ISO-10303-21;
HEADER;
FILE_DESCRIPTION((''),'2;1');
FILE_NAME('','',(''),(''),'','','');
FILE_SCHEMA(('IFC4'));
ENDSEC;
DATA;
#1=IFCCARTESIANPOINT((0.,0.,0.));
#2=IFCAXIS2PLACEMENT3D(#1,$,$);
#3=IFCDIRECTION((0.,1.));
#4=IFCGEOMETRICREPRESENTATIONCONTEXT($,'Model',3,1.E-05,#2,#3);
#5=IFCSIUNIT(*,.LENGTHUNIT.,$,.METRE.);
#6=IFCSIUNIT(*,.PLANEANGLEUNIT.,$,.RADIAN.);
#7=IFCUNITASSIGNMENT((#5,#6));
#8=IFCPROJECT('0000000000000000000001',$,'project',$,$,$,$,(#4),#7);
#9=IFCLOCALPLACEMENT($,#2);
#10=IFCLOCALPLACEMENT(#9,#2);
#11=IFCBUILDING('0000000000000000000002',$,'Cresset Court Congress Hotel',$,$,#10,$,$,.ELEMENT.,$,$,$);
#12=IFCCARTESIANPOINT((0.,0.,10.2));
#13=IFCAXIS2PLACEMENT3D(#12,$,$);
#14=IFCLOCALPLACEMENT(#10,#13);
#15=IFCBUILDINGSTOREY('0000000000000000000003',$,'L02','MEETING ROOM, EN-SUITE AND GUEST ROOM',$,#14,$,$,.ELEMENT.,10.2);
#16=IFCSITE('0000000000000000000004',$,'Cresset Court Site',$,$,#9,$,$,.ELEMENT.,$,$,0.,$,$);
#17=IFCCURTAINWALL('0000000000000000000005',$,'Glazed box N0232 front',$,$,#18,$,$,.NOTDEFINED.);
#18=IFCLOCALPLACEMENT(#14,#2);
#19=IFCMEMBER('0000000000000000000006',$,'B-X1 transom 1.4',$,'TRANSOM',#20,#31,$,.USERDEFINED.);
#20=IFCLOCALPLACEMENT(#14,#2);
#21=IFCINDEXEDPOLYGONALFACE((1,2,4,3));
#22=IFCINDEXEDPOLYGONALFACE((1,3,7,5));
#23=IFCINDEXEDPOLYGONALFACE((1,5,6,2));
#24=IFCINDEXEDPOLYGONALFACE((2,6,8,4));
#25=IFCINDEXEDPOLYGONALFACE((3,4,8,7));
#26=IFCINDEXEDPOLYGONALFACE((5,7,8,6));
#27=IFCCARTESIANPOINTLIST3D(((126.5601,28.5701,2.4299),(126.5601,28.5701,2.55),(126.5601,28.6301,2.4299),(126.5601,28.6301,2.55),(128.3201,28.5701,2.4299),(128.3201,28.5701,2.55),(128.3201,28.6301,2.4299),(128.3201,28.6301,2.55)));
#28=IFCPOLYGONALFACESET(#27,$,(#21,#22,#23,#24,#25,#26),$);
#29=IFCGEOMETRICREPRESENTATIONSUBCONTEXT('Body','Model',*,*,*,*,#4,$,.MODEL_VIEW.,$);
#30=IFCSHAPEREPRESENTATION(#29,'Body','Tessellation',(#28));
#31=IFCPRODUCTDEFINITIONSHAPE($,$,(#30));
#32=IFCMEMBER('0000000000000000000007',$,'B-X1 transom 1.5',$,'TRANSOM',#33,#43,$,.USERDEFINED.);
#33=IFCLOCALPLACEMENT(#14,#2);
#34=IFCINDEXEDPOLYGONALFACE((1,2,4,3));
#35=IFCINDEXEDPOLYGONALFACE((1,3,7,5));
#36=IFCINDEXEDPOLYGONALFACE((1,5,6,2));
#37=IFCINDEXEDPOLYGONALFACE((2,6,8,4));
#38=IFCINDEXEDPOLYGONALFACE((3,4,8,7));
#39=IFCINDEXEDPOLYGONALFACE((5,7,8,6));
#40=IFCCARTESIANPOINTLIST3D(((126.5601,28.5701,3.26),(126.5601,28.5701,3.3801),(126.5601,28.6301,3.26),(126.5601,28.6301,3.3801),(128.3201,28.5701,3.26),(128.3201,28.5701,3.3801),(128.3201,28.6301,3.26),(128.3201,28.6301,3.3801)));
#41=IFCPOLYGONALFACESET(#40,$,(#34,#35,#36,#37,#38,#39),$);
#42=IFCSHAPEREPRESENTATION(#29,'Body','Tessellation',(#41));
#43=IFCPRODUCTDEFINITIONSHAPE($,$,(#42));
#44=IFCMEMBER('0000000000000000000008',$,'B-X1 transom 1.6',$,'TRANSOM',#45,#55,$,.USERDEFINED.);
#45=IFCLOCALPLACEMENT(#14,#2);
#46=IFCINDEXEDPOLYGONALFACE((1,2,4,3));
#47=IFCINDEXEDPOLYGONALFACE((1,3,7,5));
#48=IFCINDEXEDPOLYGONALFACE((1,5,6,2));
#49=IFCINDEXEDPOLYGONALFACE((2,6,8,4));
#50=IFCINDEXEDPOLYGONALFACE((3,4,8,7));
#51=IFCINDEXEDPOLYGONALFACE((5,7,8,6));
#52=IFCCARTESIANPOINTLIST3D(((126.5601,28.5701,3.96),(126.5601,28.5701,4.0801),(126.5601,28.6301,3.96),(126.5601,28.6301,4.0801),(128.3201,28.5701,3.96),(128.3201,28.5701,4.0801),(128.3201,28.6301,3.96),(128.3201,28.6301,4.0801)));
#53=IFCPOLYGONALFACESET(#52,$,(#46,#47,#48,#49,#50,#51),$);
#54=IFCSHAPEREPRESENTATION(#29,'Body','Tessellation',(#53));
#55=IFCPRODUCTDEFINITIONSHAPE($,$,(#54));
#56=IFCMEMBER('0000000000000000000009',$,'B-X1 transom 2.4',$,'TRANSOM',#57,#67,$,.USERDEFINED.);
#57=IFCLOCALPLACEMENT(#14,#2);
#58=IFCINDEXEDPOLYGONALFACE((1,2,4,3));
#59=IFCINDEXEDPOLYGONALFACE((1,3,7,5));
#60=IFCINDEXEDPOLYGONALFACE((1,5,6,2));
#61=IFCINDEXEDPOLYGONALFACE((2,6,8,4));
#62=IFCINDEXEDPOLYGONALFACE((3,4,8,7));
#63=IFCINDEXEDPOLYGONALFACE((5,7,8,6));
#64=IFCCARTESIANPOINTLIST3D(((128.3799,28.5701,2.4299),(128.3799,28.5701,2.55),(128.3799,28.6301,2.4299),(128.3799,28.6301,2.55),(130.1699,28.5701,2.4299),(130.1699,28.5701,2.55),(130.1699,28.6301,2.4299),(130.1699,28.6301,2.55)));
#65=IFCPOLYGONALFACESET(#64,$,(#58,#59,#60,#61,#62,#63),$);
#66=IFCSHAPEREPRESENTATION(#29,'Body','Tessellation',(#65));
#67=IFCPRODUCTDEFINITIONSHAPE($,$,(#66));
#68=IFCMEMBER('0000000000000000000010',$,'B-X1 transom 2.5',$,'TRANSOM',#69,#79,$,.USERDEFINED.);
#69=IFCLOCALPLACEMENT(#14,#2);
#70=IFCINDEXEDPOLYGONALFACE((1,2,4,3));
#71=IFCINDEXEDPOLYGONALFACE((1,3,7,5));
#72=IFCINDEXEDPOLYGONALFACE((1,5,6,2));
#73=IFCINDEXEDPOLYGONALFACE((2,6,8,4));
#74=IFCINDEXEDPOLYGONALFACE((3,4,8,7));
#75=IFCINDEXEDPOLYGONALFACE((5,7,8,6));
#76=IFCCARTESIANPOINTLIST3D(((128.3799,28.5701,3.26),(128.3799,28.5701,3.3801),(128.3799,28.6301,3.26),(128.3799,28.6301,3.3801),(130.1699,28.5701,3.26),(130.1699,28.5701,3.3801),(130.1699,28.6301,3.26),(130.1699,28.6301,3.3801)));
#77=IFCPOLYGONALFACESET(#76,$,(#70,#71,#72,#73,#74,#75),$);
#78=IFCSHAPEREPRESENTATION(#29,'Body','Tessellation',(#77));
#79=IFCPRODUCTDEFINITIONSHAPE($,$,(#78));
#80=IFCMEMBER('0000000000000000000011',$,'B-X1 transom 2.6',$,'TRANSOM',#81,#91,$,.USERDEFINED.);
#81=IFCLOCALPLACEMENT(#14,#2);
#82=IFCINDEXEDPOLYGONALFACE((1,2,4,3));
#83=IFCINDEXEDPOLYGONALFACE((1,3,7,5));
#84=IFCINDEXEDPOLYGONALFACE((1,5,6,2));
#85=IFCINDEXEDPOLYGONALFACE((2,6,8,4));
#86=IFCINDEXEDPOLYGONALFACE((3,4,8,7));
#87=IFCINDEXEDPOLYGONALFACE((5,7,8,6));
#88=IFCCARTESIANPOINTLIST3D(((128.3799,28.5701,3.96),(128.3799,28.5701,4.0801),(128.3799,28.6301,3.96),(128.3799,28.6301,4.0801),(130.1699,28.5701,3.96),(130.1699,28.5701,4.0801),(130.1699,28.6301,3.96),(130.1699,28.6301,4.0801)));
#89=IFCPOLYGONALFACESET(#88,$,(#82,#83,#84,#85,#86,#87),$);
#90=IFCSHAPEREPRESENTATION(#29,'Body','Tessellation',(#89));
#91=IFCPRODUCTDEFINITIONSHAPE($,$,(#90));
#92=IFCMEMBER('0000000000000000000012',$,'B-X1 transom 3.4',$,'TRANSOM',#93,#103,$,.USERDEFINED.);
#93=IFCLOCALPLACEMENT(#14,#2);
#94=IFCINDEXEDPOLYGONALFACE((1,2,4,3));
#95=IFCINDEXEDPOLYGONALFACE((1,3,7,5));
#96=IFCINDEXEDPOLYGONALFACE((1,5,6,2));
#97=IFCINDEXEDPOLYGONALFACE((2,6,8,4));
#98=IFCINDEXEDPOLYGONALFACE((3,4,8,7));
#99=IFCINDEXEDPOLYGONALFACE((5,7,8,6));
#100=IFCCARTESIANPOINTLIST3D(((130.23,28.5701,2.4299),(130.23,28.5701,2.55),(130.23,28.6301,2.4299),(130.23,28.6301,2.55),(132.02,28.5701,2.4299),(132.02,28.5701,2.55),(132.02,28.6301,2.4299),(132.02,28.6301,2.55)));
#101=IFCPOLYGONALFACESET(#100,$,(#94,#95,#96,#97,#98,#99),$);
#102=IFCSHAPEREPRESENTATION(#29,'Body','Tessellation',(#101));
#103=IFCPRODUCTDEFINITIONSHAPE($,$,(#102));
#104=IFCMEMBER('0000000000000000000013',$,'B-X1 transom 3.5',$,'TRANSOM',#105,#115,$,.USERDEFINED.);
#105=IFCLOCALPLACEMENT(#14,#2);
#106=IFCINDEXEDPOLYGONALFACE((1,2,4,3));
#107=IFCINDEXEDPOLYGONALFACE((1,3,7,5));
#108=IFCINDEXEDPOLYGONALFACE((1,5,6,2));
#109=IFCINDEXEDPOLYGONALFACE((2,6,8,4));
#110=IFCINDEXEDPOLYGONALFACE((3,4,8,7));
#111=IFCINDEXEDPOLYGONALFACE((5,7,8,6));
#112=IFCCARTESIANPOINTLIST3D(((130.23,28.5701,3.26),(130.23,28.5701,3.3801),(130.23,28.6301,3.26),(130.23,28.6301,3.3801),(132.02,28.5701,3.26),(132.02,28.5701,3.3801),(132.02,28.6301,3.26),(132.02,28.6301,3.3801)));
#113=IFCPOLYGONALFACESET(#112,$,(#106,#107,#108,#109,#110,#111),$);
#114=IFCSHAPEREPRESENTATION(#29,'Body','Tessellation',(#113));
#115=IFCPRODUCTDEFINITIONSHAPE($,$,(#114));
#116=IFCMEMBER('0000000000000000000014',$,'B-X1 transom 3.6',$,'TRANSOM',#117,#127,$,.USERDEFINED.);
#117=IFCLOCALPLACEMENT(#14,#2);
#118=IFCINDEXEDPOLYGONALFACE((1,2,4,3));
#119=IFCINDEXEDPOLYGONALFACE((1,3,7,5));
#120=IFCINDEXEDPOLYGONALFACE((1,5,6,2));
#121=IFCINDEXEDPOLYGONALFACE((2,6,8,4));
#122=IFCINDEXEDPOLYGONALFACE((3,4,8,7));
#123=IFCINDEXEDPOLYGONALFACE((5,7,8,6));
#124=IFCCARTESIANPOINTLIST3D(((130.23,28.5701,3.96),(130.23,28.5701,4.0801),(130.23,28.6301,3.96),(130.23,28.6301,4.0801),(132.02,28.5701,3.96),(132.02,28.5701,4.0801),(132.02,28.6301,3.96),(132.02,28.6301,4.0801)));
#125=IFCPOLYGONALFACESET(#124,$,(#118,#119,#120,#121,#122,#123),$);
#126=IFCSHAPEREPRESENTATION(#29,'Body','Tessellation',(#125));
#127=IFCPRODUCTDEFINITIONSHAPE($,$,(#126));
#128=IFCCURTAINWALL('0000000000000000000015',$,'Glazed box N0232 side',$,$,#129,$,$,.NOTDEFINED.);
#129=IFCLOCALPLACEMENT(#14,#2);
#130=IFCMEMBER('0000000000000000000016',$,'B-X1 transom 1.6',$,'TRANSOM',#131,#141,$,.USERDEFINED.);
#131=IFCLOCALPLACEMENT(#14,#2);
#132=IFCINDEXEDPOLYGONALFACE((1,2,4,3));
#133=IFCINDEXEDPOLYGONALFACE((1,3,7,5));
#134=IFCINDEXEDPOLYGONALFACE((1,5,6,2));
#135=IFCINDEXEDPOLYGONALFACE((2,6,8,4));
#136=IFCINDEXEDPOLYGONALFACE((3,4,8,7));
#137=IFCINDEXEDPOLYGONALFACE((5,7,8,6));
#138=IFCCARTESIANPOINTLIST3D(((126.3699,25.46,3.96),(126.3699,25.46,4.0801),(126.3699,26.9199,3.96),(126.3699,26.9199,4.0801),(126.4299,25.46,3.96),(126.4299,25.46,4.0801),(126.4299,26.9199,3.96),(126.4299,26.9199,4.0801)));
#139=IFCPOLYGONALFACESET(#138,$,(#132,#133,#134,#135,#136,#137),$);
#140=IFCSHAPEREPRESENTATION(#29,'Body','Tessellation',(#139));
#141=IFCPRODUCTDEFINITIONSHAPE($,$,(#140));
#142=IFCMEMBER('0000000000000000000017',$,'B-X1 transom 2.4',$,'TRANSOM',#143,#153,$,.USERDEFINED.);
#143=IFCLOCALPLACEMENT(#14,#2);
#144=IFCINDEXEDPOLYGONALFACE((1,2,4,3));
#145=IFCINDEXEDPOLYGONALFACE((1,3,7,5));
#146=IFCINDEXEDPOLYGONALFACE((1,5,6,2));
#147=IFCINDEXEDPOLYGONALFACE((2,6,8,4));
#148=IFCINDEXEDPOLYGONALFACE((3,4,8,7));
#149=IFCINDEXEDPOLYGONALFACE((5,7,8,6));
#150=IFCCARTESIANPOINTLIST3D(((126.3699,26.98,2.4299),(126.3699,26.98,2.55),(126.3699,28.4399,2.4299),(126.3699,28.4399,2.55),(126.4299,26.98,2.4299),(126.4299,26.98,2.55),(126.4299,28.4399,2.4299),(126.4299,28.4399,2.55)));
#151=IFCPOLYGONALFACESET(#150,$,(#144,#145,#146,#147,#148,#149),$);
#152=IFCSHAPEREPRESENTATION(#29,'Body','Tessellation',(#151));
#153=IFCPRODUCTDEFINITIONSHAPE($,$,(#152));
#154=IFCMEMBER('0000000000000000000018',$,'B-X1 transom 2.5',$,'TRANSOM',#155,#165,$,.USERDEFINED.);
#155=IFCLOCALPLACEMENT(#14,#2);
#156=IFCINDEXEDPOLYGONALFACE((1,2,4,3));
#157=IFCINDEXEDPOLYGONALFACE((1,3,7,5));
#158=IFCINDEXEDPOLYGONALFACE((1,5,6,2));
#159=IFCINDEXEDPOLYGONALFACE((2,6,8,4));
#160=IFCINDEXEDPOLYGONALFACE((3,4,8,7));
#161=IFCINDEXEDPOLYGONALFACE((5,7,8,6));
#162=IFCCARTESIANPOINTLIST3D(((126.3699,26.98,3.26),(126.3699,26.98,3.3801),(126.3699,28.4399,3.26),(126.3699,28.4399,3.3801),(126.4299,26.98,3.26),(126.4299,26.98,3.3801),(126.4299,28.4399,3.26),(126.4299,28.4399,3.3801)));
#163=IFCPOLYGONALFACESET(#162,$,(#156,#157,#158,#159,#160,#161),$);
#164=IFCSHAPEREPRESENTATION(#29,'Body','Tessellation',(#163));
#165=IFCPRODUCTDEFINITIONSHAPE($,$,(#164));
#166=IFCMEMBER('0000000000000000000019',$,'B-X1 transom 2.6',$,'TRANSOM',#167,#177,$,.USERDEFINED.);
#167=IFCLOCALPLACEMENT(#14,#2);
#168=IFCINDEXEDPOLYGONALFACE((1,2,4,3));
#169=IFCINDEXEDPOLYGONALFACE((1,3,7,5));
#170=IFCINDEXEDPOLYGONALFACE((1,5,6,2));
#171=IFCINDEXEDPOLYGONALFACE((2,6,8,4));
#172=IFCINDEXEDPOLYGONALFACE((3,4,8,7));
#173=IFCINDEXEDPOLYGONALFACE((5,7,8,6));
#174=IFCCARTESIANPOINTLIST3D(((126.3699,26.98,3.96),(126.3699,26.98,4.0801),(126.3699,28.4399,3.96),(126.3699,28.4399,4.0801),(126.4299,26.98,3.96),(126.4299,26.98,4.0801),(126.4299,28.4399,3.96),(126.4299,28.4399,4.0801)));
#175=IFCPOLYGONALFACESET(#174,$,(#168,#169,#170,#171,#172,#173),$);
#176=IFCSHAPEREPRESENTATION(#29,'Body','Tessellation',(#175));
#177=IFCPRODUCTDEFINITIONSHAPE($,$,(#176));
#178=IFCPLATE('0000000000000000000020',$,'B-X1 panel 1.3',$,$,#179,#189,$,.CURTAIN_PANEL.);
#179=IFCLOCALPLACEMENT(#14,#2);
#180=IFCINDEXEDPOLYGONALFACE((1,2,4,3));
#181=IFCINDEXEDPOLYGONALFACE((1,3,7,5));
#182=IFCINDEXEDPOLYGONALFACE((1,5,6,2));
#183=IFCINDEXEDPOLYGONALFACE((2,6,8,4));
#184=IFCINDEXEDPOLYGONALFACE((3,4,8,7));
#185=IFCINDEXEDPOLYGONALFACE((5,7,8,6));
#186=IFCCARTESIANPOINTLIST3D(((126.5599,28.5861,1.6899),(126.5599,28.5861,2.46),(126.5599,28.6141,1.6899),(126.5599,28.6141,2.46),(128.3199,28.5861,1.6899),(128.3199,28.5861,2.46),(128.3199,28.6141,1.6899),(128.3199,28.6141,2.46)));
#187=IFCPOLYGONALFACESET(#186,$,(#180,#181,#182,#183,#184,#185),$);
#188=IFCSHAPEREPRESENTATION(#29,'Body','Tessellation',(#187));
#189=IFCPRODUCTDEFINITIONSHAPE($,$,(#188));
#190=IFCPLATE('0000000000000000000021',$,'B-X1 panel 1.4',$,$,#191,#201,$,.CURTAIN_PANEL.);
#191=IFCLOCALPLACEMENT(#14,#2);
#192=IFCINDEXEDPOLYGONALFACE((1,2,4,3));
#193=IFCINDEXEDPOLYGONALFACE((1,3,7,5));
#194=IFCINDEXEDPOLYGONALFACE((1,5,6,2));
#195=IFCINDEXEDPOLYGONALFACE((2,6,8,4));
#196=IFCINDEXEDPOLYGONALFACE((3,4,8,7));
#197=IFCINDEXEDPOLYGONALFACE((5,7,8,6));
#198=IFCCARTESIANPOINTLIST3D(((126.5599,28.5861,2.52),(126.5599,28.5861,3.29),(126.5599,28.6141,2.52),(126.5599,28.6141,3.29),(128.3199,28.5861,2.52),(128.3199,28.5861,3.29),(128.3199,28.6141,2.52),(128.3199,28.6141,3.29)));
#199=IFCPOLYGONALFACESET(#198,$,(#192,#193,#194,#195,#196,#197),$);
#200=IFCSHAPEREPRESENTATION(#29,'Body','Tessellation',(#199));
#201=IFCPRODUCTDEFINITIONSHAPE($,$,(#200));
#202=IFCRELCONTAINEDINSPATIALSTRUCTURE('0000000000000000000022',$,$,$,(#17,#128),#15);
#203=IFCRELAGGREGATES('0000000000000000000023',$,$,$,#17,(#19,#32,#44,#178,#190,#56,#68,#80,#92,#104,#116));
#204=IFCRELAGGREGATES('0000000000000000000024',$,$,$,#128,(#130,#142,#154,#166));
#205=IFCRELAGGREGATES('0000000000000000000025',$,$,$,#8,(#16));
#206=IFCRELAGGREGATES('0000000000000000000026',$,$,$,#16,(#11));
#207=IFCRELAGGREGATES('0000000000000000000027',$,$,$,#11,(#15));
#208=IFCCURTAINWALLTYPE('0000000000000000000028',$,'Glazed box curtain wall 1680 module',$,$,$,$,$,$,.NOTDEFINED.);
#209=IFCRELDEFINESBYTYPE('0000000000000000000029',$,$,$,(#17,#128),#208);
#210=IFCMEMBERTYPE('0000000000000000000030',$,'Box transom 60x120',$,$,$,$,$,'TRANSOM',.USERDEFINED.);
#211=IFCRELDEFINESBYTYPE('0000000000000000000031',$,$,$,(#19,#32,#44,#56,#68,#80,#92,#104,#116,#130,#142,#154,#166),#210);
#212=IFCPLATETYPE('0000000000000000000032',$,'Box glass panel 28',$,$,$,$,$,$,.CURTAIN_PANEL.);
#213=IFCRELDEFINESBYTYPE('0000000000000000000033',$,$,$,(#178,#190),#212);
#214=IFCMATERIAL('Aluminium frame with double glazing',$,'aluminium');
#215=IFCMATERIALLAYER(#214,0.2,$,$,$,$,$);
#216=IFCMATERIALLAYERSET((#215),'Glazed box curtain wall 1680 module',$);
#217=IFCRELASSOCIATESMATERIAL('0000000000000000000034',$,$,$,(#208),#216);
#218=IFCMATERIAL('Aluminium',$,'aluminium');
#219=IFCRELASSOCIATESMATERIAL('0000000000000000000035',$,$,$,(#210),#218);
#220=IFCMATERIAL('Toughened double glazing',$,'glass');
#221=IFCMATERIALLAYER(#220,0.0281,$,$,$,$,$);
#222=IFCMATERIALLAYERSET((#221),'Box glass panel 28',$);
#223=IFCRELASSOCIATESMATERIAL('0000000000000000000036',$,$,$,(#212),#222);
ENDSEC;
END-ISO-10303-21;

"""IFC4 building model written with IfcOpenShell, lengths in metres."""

from ifc_helpers import new_model, si_unit, direction, frame, origin, origin_2d, place, context, subcontext, project, spatial, rectangle, extrude, material, layer, layer_set, material_profile, profile_set, type_object, element, aggregate, save


model = new_model("IFC4")

# Units and contexts
model_context = context("Model", 3, precision=1e-05, world=origin(), true_north=direction((0.0, 1.0)))
body_context = subcontext(model_context, "Body", "Model", "MODEL_VIEW")
ifc_project = project(units=[si_unit("LENGTHUNIT", "METRE"), si_unit("PLANEANGLEUNIT", "RADIAN")], contexts=[model_context])

# Site, building, storey
site_placement = place(None, origin())
site = spatial("IfcSite", under=ifc_project, at=site_placement, Name="Cresset Court Site", CompositionType="ELEMENT", RefElevation=0.0)
building_placement = place(site_placement, origin())
building = spatial("IfcBuilding", under=site, at=building_placement, Name="Cresset Court Congress Hotel", CompositionType="ELEMENT")
storey_placement = place(building_placement, frame((0.0, 0.0, 10.2)))
storey = spatial("IfcBuildingStorey", under=building, at=storey_placement, Name="L02", Description="MEETING ROOM, EN-SUITE AND GUEST ROOM", CompositionType="ELEMENT", Elevation=10.2)

# Curtain walls, members
ifc_material_1 = material(Name="Aluminium frame with double glazing", Category="aluminium")
ifc_layer_1 = layer(ifc_material_1, 0.2)
ifc_layer_set_1 = layer_set([ifc_layer_1], Name="Glazed box curtain wall 1680 module")
curtain_wall_type = type_object("IfcCurtainWallType", Name="Glazed box curtain wall 1680 module", PredefinedType="NOTDEFINED", material=ifc_layer_set_1)
curtain_wall_1_placement = place(storey_placement, origin())
curtain_wall_1 = element("IfcCurtainWall", 1, at=curtain_wall_1_placement, inside=storey, type_object=curtain_wall_type, Name="Glazed box N0232 front", PredefinedType="NOTDEFINED")
ifc_material_2 = material(Name="Aluminium", Category="aluminium")
ifc_material_profile = material_profile(ifc_material_2, rectangle(XDim=0.0601, YDim=0.1201, at=origin_2d()), Name="Box transom 60x120")
ifc_profile_set = profile_set([ifc_material_profile], Name="Aluminium")
member_type = type_object("IfcMemberType", Name="Box transom 60x120", ElementType="TRANSOM", PredefinedType="USERDEFINED", material=ifc_profile_set)
member_1_placement = place(storey_placement, frame((126.5601, 28.6001, 2.49), z_axis=(1.0, 0.0, 0.0), x_axis=(0.0, 1.0, 0.0)))
member_1 = element("IfcMember", 2, at=member_1_placement, type_object=member_type, Name="B-X1 transom 1.4", ObjectType="TRANSOM", PredefinedType="USERDEFINED", context=body_context, shape_type="SweptSolid", body=[
    extrude(rectangle(XDim=0.0601, YDim=0.1201, at=origin_2d()), origin(), (0.0, 0.0, 1.0), 1.76),
])
member_2_placement = place(storey_placement, frame((126.5601, 28.6001, 3.3201), z_axis=(1.0, 0.0, 0.0), x_axis=(0.0, 1.0, 0.0)))
member_2 = element("IfcMember", 3, at=member_2_placement, type_object=member_type, Name="B-X1 transom 1.5", ObjectType="TRANSOM", PredefinedType="USERDEFINED", context=body_context, shape_type="SweptSolid", body=[
    extrude(rectangle(XDim=0.0601, YDim=0.1201, at=origin_2d()), origin(), (0.0, 0.0, 1.0), 1.76),
])
member_3_placement = place(storey_placement, frame((126.5601, 28.6001, 4.02), z_axis=(1.0, 0.0, 0.0), x_axis=(0.0, 1.0, 0.0)))
member_3 = element("IfcMember", 4, at=member_3_placement, type_object=member_type, Name="B-X1 transom 1.6", ObjectType="TRANSOM", PredefinedType="USERDEFINED", context=body_context, shape_type="SweptSolid", body=[
    extrude(rectangle(XDim=0.0601, YDim=0.1201, at=origin_2d()), origin(), (0.0, 0.0, 1.0), 1.76),
])
member_4_placement = place(storey_placement, frame((128.3799, 28.6001, 2.49), z_axis=(1.0, 0.0, 0.0), x_axis=(0.0, 1.0, 0.0)))
member_4 = element("IfcMember", 5, at=member_4_placement, type_object=member_type, Name="B-X1 transom 2.4", ObjectType="TRANSOM", PredefinedType="USERDEFINED", context=body_context, shape_type="SweptSolid", body=[
    extrude(rectangle(XDim=0.0601, YDim=0.1201, at=origin_2d()), origin(), (0.0, 0.0, 1.0), 1.79),
])
member_5_placement = place(storey_placement, frame((128.3799, 28.6001, 3.3201), z_axis=(1.0, 0.0, 0.0), x_axis=(0.0, 1.0, 0.0)))
member_5 = element("IfcMember", 6, at=member_5_placement, type_object=member_type, Name="B-X1 transom 2.5", ObjectType="TRANSOM", PredefinedType="USERDEFINED", context=body_context, shape_type="SweptSolid", body=[
    extrude(rectangle(XDim=0.0601, YDim=0.1201, at=origin_2d()), origin(), (0.0, 0.0, 1.0), 1.79),
])
member_6_placement = place(storey_placement, frame((128.3799, 28.6001, 4.02), z_axis=(1.0, 0.0, 0.0), x_axis=(0.0, 1.0, 0.0)))
member_6 = element("IfcMember", 7, at=member_6_placement, type_object=member_type, Name="B-X1 transom 2.6", ObjectType="TRANSOM", PredefinedType="USERDEFINED", context=body_context, shape_type="SweptSolid", body=[
    extrude(rectangle(XDim=0.0601, YDim=0.1201, at=origin_2d()), origin(), (0.0, 0.0, 1.0), 1.79),
])
member_7_placement = place(storey_placement, frame((130.23, 28.6001, 2.49), z_axis=(1.0, 0.0, 0.0), x_axis=(0.0, 1.0, 0.0)))
member_7 = element("IfcMember", 8, at=member_7_placement, type_object=member_type, Name="B-X1 transom 3.4", ObjectType="TRANSOM", PredefinedType="USERDEFINED", context=body_context, shape_type="SweptSolid", body=[
    extrude(rectangle(XDim=0.0601, YDim=0.1201, at=origin_2d()), origin(), (0.0, 0.0, 1.0), 1.79),
])
member_8_placement = place(storey_placement, frame((130.23, 28.6001, 3.3201), z_axis=(1.0, 0.0, 0.0), x_axis=(0.0, 1.0, 0.0)))
member_8 = element("IfcMember", 9, at=member_8_placement, type_object=member_type, Name="B-X1 transom 3.5", ObjectType="TRANSOM", PredefinedType="USERDEFINED", context=body_context, shape_type="SweptSolid", body=[
    extrude(rectangle(XDim=0.0601, YDim=0.1201, at=origin_2d()), origin(), (0.0, 0.0, 1.0), 1.79),
])
member_9_placement = place(storey_placement, frame((130.23, 28.6001, 4.02), z_axis=(1.0, 0.0, 0.0), x_axis=(0.0, 1.0, 0.0)))
member_9 = element("IfcMember", 10, at=member_9_placement, type_object=member_type, Name="B-X1 transom 3.6", ObjectType="TRANSOM", PredefinedType="USERDEFINED", context=body_context, shape_type="SweptSolid", body=[
    extrude(rectangle(XDim=0.0601, YDim=0.1201, at=origin_2d()), origin(), (0.0, 0.0, 1.0), 1.79),
])
curtain_wall_2_placement = place(storey_placement, origin())
curtain_wall_2 = element("IfcCurtainWall", 11, at=curtain_wall_2_placement, inside=storey, type_object=curtain_wall_type, Name="Glazed box N0232 side", PredefinedType="NOTDEFINED")
member_10_placement = place(storey_placement, frame((126.3999, 25.46, 4.02), z_axis=(0.0, 1.0, 0.0), x_axis=(-1.0, 0.0, 0.0)))
member_10 = element("IfcMember", 12, at=member_10_placement, type_object=member_type, Name="B-X1 transom 1.6", ObjectType="TRANSOM", PredefinedType="USERDEFINED", context=body_context, shape_type="SweptSolid", body=[
    extrude(rectangle(XDim=0.0601, YDim=0.1201, at=origin_2d()), origin(), (0.0, 0.0, 1.0), 1.46),
])
member_11_placement = place(storey_placement, frame((126.3999, 26.98, 2.49), z_axis=(0.0, 1.0, 0.0), x_axis=(-1.0, 0.0, 0.0)))
member_11 = element("IfcMember", 13, at=member_11_placement, type_object=member_type, Name="B-X1 transom 2.4", ObjectType="TRANSOM", PredefinedType="USERDEFINED", context=body_context, shape_type="SweptSolid", body=[
    extrude(rectangle(XDim=0.0601, YDim=0.1201, at=origin_2d()), origin(), (0.0, 0.0, 1.0), 1.46),
])
member_12_placement = place(storey_placement, frame((126.3999, 26.98, 3.3201), z_axis=(0.0, 1.0, 0.0), x_axis=(-1.0, 0.0, 0.0)))
member_12 = element("IfcMember", 14, at=member_12_placement, type_object=member_type, Name="B-X1 transom 2.5", ObjectType="TRANSOM", PredefinedType="USERDEFINED", context=body_context, shape_type="SweptSolid", body=[
    extrude(rectangle(XDim=0.0601, YDim=0.1201, at=origin_2d()), origin(), (0.0, 0.0, 1.0), 1.46),
])
member_13_placement = place(storey_placement, frame((126.3999, 26.98, 4.02), z_axis=(0.0, 1.0, 0.0), x_axis=(-1.0, 0.0, 0.0)))
member_13 = element("IfcMember", 15, at=member_13_placement, type_object=member_type, Name="B-X1 transom 2.6", ObjectType="TRANSOM", PredefinedType="USERDEFINED", context=body_context, shape_type="SweptSolid", body=[
    extrude(rectangle(XDim=0.0601, YDim=0.1201, at=origin_2d()), origin(), (0.0, 0.0, 1.0), 1.46),
])

# Plates
ifc_material_3 = material(Name="Toughened double glazing", Category="glass")
ifc_layer_2 = layer(ifc_material_3, 0.0281)
ifc_layer_set_2 = layer_set([ifc_layer_2], Name="Box glass panel 28")
plate_type_1 = type_object("IfcPlateType", Name="Box glass panel 28", PredefinedType="CURTAIN_PANEL", material=ifc_layer_set_2)
plate_1_placement = place(storey_placement, frame((127.4399, 28.6001, 1.6899), z_axis=(0.0, 0.0, 1.0), x_axis=(1.0, 0.0, 0.0)))
plate_1 = element("IfcPlate", 16, at=plate_1_placement, type_object=plate_type_1, Name="B-X1 panel 1.3", PredefinedType="CURTAIN_PANEL", context=body_context, shape_type="SweptSolid", body=[
    extrude(rectangle(XDim=1.76, YDim=0.0281, at=origin_2d()), origin(), (0.0, 0.0, 1.0), 0.77),
])
plate_2_placement = place(storey_placement, frame((127.4399, 28.6001, 2.52), z_axis=(0.0, 0.0, 1.0), x_axis=(1.0, 0.0, 0.0)))
plate_2 = element("IfcPlate", 17, at=plate_2_placement, type_object=plate_type_1, Name="B-X1 panel 1.4", PredefinedType="CURTAIN_PANEL", context=body_context, shape_type="SweptSolid", body=[
    extrude(rectangle(XDim=1.76, YDim=0.0281, at=origin_2d()), origin(), (0.0, 0.0, 1.0), 0.77),
])
aggregate(curtain_wall_1, [member_1, member_2, member_3, plate_1, plate_2, member_4, member_5, member_6, member_7, member_8, member_9])
aggregate(curtain_wall_2, [member_10, member_11, member_12, member_13])

save(model, "model.ifc")
